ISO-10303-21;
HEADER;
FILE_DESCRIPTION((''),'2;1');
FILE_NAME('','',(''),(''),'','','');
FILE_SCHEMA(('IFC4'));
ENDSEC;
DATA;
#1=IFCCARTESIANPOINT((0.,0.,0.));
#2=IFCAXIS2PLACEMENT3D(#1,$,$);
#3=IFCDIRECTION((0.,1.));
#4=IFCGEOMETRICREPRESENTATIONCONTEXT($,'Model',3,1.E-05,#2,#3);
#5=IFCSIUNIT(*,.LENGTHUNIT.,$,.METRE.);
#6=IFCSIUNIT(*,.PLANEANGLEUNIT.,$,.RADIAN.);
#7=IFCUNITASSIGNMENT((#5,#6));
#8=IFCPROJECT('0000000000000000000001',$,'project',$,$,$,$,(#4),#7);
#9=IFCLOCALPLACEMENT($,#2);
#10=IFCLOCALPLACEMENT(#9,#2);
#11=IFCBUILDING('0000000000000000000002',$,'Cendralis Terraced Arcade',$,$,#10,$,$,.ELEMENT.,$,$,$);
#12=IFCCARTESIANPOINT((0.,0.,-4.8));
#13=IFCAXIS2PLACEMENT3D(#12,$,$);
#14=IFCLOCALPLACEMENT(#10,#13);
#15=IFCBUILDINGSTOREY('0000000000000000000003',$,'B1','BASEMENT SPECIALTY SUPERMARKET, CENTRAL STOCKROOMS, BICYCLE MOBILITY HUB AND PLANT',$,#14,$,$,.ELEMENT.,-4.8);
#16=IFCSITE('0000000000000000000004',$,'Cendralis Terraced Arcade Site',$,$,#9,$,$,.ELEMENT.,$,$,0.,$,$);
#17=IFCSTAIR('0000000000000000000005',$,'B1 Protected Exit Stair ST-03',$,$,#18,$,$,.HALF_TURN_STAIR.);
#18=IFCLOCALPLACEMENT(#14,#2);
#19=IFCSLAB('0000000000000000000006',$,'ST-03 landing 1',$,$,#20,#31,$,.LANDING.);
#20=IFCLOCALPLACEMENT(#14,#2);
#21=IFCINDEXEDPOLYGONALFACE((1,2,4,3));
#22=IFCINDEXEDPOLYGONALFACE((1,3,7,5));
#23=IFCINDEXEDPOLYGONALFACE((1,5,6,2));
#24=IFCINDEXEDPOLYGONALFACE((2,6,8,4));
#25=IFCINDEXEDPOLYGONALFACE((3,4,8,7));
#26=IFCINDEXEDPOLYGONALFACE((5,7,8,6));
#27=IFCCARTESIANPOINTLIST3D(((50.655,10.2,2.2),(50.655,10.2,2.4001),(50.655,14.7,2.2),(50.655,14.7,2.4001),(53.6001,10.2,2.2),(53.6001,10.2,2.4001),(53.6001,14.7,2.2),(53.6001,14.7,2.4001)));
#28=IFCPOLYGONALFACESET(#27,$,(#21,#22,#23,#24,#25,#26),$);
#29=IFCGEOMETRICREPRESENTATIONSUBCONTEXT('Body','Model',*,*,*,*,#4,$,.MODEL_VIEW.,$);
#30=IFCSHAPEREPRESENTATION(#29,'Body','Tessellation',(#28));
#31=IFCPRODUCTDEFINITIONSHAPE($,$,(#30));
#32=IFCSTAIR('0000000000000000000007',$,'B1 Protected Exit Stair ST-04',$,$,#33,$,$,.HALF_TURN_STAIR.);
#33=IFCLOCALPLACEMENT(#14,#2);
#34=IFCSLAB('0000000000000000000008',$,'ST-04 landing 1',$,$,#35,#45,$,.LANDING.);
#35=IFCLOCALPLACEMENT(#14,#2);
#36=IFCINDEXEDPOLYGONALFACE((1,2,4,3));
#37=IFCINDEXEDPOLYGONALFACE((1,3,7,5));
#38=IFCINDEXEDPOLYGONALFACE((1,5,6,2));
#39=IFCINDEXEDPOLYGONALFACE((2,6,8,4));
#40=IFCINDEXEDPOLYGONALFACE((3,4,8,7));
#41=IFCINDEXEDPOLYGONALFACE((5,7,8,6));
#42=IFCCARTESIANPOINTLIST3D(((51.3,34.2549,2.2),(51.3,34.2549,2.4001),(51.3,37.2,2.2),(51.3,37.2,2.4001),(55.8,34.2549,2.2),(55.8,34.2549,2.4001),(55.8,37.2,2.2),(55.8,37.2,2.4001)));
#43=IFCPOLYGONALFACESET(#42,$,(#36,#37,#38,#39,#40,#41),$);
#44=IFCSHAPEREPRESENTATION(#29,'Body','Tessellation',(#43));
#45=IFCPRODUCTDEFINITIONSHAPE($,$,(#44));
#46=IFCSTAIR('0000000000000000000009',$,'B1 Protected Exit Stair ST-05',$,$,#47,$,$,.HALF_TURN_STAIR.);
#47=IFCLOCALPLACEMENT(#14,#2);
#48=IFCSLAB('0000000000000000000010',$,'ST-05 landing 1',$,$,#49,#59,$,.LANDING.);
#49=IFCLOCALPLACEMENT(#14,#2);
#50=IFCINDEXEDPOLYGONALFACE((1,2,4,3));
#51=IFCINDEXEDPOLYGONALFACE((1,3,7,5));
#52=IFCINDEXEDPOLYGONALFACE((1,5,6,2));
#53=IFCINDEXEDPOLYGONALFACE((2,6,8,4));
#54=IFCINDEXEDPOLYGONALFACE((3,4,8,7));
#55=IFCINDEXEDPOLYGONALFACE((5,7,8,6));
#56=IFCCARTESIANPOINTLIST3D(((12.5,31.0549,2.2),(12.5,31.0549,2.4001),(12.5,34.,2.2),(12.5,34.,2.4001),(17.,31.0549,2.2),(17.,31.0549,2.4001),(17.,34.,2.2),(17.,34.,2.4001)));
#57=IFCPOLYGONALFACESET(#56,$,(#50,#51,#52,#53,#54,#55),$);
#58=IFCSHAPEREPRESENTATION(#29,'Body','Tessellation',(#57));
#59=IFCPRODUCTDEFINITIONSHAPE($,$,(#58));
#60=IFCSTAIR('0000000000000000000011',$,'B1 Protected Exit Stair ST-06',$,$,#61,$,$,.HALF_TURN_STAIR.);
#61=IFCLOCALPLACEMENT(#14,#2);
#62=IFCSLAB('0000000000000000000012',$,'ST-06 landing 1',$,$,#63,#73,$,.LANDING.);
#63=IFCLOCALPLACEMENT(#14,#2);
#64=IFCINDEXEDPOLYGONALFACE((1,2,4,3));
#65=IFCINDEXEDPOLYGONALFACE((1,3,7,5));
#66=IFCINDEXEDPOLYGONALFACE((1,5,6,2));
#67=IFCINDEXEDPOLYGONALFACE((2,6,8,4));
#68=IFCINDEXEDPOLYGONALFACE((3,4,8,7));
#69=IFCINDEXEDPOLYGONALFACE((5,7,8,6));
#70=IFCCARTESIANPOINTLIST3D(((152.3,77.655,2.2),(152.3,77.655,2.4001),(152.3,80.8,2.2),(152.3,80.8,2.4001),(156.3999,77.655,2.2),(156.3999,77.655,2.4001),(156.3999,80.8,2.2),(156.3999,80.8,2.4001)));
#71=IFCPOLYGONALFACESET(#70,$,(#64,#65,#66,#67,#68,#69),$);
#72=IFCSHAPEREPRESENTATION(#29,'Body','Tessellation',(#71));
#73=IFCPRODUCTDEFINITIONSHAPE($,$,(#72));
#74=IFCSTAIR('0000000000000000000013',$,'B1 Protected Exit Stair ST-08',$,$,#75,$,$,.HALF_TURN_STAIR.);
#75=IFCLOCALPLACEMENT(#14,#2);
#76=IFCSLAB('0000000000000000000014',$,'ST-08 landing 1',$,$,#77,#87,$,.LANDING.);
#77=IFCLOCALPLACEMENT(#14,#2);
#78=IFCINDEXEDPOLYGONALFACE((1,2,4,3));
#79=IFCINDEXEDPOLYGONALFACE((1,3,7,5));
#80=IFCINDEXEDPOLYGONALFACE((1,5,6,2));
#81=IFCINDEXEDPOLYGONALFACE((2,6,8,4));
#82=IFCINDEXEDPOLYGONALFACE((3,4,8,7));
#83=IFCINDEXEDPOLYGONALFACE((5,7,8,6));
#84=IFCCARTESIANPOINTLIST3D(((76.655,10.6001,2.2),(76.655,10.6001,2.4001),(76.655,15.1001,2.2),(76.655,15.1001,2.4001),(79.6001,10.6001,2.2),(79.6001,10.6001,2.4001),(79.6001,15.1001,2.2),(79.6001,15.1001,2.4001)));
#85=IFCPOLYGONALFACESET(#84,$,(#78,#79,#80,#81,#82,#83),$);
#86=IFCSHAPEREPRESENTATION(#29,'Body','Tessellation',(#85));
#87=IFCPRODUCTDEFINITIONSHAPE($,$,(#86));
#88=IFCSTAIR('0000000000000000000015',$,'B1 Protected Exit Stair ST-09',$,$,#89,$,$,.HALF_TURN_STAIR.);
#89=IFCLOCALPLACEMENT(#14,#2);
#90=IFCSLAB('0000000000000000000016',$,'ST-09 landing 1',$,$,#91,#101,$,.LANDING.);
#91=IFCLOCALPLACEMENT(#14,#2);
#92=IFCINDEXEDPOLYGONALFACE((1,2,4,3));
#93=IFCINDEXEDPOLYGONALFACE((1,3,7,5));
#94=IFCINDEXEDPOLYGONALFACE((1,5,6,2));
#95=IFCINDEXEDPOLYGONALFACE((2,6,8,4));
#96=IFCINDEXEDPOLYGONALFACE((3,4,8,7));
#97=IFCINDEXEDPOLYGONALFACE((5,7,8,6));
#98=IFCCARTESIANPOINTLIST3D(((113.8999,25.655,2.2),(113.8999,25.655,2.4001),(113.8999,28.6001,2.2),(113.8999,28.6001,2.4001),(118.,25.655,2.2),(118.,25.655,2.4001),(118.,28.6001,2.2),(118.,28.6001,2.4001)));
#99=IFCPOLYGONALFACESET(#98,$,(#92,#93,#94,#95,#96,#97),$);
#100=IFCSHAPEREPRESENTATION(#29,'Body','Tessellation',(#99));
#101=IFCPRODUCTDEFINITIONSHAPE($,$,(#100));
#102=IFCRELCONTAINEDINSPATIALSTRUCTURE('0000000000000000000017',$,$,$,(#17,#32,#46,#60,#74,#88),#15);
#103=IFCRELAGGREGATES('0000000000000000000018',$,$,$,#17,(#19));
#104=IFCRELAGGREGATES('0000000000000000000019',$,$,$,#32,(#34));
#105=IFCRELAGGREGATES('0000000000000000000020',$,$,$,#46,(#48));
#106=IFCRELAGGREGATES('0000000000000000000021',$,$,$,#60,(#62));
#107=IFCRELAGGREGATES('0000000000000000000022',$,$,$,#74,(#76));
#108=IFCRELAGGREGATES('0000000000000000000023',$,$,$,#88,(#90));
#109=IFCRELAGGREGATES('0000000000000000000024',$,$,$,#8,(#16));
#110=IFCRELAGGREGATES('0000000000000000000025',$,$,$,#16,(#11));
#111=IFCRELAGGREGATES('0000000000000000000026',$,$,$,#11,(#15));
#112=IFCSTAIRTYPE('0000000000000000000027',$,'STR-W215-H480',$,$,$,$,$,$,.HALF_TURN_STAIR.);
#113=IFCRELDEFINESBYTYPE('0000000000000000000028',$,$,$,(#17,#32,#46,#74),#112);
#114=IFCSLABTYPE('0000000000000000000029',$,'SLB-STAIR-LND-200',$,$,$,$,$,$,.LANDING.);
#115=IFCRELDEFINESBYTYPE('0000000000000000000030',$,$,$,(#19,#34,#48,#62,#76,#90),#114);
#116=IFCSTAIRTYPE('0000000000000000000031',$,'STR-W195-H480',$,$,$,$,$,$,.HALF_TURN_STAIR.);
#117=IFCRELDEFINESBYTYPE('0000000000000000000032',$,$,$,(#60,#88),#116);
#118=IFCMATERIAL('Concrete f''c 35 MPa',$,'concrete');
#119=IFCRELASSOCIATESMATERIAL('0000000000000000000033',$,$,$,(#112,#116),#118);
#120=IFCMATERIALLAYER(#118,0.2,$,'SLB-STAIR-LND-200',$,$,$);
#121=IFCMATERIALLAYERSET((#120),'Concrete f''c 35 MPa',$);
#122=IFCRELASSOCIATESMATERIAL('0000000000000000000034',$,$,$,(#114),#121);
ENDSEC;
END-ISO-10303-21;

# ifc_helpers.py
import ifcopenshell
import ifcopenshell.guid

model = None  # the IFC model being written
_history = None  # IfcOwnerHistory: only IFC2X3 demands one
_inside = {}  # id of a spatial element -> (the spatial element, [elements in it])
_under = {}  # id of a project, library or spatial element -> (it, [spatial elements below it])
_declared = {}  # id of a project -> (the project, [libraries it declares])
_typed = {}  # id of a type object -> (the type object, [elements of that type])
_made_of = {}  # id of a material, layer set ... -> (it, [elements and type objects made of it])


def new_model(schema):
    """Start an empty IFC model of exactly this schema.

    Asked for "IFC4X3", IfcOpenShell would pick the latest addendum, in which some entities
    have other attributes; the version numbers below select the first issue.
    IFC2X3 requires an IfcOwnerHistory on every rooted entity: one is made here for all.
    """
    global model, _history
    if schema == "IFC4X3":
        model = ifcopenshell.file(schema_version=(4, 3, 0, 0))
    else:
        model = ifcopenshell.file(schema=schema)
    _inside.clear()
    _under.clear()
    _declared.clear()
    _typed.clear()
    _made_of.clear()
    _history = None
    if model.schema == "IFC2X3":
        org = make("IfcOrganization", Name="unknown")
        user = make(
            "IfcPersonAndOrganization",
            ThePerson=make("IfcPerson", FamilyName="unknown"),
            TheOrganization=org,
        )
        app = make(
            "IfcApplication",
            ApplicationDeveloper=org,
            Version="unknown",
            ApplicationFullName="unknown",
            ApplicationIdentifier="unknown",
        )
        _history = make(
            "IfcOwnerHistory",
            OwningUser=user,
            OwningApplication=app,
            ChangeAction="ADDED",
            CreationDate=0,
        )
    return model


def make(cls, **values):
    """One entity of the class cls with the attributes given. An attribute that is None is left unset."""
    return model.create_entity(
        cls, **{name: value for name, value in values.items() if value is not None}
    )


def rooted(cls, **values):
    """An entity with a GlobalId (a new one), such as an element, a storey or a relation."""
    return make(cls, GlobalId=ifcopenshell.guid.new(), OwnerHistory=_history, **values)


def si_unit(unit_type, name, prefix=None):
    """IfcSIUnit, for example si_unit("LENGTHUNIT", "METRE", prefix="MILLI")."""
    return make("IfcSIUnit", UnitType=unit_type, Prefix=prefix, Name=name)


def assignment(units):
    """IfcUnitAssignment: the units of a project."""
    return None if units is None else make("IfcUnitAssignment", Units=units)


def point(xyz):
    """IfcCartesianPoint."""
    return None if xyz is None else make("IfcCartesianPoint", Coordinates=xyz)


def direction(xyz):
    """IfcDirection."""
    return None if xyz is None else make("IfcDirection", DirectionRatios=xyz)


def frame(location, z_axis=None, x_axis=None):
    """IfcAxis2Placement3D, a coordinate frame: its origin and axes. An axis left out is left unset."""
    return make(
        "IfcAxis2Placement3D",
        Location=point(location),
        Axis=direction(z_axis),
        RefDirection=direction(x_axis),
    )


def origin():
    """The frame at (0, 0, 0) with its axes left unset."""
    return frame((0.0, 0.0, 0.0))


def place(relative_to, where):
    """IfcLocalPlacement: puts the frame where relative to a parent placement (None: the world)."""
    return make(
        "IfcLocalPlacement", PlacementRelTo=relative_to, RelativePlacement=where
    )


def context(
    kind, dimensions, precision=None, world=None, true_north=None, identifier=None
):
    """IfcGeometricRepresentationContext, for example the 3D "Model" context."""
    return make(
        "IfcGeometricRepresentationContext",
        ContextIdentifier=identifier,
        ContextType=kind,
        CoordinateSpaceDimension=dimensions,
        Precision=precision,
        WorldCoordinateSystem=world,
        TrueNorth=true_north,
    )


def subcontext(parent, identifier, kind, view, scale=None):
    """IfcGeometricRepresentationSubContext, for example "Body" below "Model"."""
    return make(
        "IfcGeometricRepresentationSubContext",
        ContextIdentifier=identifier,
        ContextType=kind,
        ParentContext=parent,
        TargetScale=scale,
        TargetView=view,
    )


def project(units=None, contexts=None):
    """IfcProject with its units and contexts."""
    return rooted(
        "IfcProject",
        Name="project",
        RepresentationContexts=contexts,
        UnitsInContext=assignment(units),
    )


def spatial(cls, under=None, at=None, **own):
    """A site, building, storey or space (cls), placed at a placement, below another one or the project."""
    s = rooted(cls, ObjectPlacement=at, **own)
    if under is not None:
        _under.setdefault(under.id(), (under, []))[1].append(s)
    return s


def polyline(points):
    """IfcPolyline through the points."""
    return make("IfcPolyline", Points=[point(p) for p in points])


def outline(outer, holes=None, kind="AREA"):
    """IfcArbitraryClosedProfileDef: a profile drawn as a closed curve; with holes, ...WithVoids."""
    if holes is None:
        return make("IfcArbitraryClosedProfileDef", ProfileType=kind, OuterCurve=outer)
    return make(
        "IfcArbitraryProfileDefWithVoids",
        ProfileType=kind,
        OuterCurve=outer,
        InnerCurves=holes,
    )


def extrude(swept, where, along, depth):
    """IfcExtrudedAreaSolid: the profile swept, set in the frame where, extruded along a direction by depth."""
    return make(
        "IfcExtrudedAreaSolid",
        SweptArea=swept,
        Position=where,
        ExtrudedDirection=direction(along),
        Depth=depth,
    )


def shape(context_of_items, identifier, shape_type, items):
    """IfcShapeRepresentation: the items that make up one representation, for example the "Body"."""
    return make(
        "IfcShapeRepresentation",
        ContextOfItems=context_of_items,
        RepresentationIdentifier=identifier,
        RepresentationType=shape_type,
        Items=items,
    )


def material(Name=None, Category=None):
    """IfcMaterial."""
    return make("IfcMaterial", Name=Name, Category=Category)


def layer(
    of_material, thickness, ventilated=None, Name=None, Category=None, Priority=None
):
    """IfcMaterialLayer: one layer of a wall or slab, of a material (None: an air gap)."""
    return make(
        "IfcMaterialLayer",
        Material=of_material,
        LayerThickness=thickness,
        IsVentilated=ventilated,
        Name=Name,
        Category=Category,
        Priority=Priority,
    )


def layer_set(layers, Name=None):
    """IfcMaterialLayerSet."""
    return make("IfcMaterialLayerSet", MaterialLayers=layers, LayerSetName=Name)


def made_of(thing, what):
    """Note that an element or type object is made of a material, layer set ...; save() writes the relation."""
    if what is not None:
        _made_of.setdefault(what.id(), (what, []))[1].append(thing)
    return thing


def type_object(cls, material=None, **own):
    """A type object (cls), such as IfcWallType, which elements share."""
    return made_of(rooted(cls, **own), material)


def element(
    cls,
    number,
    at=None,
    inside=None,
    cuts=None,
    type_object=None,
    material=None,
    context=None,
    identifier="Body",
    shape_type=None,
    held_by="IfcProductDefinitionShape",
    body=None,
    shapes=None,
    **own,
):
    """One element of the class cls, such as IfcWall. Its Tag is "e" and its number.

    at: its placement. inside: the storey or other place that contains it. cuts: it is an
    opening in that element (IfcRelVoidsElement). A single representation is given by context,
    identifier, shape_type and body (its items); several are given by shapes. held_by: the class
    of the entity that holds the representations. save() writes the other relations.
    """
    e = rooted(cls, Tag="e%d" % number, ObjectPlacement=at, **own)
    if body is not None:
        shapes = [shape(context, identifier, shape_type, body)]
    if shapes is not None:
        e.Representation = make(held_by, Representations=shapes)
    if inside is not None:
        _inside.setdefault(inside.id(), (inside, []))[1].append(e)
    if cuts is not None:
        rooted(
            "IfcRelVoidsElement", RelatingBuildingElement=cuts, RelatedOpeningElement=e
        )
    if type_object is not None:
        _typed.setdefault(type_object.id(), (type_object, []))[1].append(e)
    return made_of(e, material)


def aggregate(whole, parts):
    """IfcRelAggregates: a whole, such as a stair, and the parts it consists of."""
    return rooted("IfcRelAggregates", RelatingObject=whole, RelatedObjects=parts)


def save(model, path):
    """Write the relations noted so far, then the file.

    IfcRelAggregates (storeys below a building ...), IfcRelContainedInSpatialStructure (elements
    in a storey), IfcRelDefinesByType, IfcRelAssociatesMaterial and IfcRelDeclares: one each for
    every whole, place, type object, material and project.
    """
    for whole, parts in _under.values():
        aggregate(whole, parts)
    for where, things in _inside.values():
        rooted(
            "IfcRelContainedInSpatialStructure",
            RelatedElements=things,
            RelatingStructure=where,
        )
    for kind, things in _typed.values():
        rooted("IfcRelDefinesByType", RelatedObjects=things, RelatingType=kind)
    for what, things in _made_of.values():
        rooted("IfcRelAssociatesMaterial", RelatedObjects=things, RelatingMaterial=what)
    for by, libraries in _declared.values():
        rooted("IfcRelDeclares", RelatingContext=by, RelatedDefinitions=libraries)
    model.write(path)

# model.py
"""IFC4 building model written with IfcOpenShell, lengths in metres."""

from ifc_helpers import new_model, si_unit, direction, frame, origin, place, context, subcontext, project, spatial, polyline, outline, extrude, material, layer, layer_set, type_object, element, aggregate, save


model = new_model("IFC4")

# Units and contexts
model_context = context("Model", 3, precision=1e-05, world=origin(), true_north=direction((0.0, 1.0)))
body_context = subcontext(model_context, "Body", "Model", "MODEL_VIEW")
ifc_project = project(units=[si_unit("LENGTHUNIT", "METRE"), si_unit("PLANEANGLEUNIT", "RADIAN")], contexts=[model_context])

# Site, building, storey
site_placement = place(None, origin())
site = spatial("IfcSite", under=ifc_project, at=site_placement, Name="Cendralis Terraced Arcade Site", CompositionType="ELEMENT", RefElevation=0.0)
building_placement = place(site_placement, origin())
building = spatial("IfcBuilding", under=site, at=building_placement, Name="Cendralis Terraced Arcade", CompositionType="ELEMENT")
storey_placement = place(building_placement, frame((0.0, 0.0, -4.8)))
storey = spatial("IfcBuildingStorey", under=building, at=storey_placement, Name="B1", Description="BASEMENT SPECIALTY SUPERMARKET, CENTRAL STOCKROOMS, BICYCLE MOBILITY HUB AND PLANT", CompositionType="ELEMENT", Elevation=-4.8)

# Shared definitions
ifc_material_1 = material(Name="Concrete f'c 35 MPa", Category="concrete")

# Stairs, slabs
stair_type_1 = type_object("IfcStairType", Name="STR-W215-H480", PredefinedType="HALF_TURN_STAIR", material=ifc_material_1)
ifc_layer_1 = layer(ifc_material_1, 0.2, Name="SLB-STAIR-LND-200")
ifc_layer_set_1 = layer_set([ifc_layer_1], Name="Concrete f'c 35 MPa")
slab_type_1 = type_object("IfcSlabType", Name="SLB-STAIR-LND-200", PredefinedType="LANDING", material=ifc_layer_set_1)
stair_1_placement = place(storey_placement, origin())
stair_1 = element("IfcStair", 1, at=stair_1_placement, inside=storey, type_object=stair_type_1, Name="B1 Protected Exit Stair ST-03", PredefinedType="HALF_TURN_STAIR")
slab_1_placement = place(storey_placement, frame((0.0, 0.0, 2.2)))
slab_1 = element("IfcSlab", 2, at=slab_1_placement, type_object=slab_type_1, Name="ST-03 landing 1", PredefinedType="LANDING", context=body_context, shape_type="SweptSolid", body=[
    extrude(outline(polyline([(50.655, 10.2), (53.6001, 10.2), (53.6001, 14.7), (50.655, 14.7), (50.655, 10.2)])), origin(), (0.0, 0.0, 1.0), 0.2002),
])
aggregate(stair_1, [slab_1])
stair_2_placement = place(storey_placement, origin())
stair_2 = element("IfcStair", 3, at=stair_2_placement, inside=storey, type_object=stair_type_1, Name="B1 Protected Exit Stair ST-04", PredefinedType="HALF_TURN_STAIR")
slab_2_placement = place(storey_placement, frame((0.0, 0.0, 2.2)))
slab_2 = element("IfcSlab", 4, at=slab_2_placement, type_object=slab_type_1, Name="ST-04 landing 1", PredefinedType="LANDING", context=body_context, shape_type="SweptSolid", body=[
    extrude(outline(polyline([(55.8, 34.2549), (55.8, 37.2), (51.3, 37.2), (51.3, 34.2549), (55.8, 34.2549)])), origin(), (0.0, 0.0, 1.0), 0.2002),
])
aggregate(stair_2, [slab_2])
stair_3_placement = place(storey_placement, origin())
stair_3 = element("IfcStair", 5, at=stair_3_placement, inside=storey, type_object=stair_type_1, Name="B1 Protected Exit Stair ST-05", PredefinedType="HALF_TURN_STAIR")
slab_3_placement = place(storey_placement, frame((0.0, 0.0, 2.2)))
slab_3 = element("IfcSlab", 6, at=slab_3_placement, type_object=slab_type_1, Name="ST-05 landing 1", PredefinedType="LANDING", context=body_context, shape_type="SweptSolid", body=[
    extrude(outline(polyline([(17.0, 31.0549), (17.0, 34.0), (12.5, 34.0), (12.5, 31.0549), (17.0, 31.0549)])), origin(), (0.0, 0.0, 1.0), 0.2002),
])
aggregate(stair_3, [slab_3])
stair_type_2 = type_object("IfcStairType", Name="STR-W195-H480", PredefinedType="HALF_TURN_STAIR", material=ifc_material_1)
stair_4_placement = place(storey_placement, origin())
stair_4 = element("IfcStair", 7, at=stair_4_placement, inside=storey, type_object=stair_type_2, Name="B1 Protected Exit Stair ST-06", PredefinedType="HALF_TURN_STAIR")
slab_4_placement = place(storey_placement, frame((0.0, 0.0, 2.2)))
slab_4 = element("IfcSlab", 8, at=slab_4_placement, type_object=slab_type_1, Name="ST-06 landing 1", PredefinedType="LANDING", context=body_context, shape_type="SweptSolid", body=[
    extrude(outline(polyline([(156.3999, 77.655), (156.3999, 80.8), (152.3, 80.8), (152.3, 77.655), (156.3999, 77.655)])), origin(), (0.0, 0.0, 1.0), 0.2002),
])
aggregate(stair_4, [slab_4])
stair_5_placement = place(storey_placement, origin())
stair_5 = element("IfcStair", 9, at=stair_5_placement, inside=storey, type_object=stair_type_1, Name="B1 Protected Exit Stair ST-08", PredefinedType="HALF_TURN_STAIR")
slab_5_placement = place(storey_placement, frame((0.0, 0.0, 2.2)))
slab_5 = element("IfcSlab", 10, at=slab_5_placement, type_object=slab_type_1, Name="ST-08 landing 1", PredefinedType="LANDING", context=body_context, shape_type="SweptSolid", body=[
    extrude(outline(polyline([(76.655, 10.6001), (79.6001, 10.6001), (79.6001, 15.1001), (76.655, 15.1001), (76.655, 10.6001)])), origin(), (0.0, 0.0, 1.0), 0.2002),
])
aggregate(stair_5, [slab_5])
stair_6_placement = place(storey_placement, origin())
stair_6 = element("IfcStair", 11, at=stair_6_placement, inside=storey, type_object=stair_type_2, Name="B1 Protected Exit Stair ST-09", PredefinedType="HALF_TURN_STAIR")
slab_6_placement = place(storey_placement, frame((0.0, 0.0, 2.2)))
slab_6 = element("IfcSlab", 12, at=slab_6_placement, type_object=slab_type_1, Name="ST-09 landing 1", PredefinedType="LANDING", context=body_context, shape_type="SweptSolid", body=[
    extrude(outline(polyline([(118.0, 25.655), (118.0, 28.6001), (113.8999, 28.6001), (113.8999, 25.655), (118.0, 25.655)])), origin(), (0.0, 0.0, 1.0), 0.2002),
])
aggregate(stair_6, [slab_6])

save(model, "model.ifc")
